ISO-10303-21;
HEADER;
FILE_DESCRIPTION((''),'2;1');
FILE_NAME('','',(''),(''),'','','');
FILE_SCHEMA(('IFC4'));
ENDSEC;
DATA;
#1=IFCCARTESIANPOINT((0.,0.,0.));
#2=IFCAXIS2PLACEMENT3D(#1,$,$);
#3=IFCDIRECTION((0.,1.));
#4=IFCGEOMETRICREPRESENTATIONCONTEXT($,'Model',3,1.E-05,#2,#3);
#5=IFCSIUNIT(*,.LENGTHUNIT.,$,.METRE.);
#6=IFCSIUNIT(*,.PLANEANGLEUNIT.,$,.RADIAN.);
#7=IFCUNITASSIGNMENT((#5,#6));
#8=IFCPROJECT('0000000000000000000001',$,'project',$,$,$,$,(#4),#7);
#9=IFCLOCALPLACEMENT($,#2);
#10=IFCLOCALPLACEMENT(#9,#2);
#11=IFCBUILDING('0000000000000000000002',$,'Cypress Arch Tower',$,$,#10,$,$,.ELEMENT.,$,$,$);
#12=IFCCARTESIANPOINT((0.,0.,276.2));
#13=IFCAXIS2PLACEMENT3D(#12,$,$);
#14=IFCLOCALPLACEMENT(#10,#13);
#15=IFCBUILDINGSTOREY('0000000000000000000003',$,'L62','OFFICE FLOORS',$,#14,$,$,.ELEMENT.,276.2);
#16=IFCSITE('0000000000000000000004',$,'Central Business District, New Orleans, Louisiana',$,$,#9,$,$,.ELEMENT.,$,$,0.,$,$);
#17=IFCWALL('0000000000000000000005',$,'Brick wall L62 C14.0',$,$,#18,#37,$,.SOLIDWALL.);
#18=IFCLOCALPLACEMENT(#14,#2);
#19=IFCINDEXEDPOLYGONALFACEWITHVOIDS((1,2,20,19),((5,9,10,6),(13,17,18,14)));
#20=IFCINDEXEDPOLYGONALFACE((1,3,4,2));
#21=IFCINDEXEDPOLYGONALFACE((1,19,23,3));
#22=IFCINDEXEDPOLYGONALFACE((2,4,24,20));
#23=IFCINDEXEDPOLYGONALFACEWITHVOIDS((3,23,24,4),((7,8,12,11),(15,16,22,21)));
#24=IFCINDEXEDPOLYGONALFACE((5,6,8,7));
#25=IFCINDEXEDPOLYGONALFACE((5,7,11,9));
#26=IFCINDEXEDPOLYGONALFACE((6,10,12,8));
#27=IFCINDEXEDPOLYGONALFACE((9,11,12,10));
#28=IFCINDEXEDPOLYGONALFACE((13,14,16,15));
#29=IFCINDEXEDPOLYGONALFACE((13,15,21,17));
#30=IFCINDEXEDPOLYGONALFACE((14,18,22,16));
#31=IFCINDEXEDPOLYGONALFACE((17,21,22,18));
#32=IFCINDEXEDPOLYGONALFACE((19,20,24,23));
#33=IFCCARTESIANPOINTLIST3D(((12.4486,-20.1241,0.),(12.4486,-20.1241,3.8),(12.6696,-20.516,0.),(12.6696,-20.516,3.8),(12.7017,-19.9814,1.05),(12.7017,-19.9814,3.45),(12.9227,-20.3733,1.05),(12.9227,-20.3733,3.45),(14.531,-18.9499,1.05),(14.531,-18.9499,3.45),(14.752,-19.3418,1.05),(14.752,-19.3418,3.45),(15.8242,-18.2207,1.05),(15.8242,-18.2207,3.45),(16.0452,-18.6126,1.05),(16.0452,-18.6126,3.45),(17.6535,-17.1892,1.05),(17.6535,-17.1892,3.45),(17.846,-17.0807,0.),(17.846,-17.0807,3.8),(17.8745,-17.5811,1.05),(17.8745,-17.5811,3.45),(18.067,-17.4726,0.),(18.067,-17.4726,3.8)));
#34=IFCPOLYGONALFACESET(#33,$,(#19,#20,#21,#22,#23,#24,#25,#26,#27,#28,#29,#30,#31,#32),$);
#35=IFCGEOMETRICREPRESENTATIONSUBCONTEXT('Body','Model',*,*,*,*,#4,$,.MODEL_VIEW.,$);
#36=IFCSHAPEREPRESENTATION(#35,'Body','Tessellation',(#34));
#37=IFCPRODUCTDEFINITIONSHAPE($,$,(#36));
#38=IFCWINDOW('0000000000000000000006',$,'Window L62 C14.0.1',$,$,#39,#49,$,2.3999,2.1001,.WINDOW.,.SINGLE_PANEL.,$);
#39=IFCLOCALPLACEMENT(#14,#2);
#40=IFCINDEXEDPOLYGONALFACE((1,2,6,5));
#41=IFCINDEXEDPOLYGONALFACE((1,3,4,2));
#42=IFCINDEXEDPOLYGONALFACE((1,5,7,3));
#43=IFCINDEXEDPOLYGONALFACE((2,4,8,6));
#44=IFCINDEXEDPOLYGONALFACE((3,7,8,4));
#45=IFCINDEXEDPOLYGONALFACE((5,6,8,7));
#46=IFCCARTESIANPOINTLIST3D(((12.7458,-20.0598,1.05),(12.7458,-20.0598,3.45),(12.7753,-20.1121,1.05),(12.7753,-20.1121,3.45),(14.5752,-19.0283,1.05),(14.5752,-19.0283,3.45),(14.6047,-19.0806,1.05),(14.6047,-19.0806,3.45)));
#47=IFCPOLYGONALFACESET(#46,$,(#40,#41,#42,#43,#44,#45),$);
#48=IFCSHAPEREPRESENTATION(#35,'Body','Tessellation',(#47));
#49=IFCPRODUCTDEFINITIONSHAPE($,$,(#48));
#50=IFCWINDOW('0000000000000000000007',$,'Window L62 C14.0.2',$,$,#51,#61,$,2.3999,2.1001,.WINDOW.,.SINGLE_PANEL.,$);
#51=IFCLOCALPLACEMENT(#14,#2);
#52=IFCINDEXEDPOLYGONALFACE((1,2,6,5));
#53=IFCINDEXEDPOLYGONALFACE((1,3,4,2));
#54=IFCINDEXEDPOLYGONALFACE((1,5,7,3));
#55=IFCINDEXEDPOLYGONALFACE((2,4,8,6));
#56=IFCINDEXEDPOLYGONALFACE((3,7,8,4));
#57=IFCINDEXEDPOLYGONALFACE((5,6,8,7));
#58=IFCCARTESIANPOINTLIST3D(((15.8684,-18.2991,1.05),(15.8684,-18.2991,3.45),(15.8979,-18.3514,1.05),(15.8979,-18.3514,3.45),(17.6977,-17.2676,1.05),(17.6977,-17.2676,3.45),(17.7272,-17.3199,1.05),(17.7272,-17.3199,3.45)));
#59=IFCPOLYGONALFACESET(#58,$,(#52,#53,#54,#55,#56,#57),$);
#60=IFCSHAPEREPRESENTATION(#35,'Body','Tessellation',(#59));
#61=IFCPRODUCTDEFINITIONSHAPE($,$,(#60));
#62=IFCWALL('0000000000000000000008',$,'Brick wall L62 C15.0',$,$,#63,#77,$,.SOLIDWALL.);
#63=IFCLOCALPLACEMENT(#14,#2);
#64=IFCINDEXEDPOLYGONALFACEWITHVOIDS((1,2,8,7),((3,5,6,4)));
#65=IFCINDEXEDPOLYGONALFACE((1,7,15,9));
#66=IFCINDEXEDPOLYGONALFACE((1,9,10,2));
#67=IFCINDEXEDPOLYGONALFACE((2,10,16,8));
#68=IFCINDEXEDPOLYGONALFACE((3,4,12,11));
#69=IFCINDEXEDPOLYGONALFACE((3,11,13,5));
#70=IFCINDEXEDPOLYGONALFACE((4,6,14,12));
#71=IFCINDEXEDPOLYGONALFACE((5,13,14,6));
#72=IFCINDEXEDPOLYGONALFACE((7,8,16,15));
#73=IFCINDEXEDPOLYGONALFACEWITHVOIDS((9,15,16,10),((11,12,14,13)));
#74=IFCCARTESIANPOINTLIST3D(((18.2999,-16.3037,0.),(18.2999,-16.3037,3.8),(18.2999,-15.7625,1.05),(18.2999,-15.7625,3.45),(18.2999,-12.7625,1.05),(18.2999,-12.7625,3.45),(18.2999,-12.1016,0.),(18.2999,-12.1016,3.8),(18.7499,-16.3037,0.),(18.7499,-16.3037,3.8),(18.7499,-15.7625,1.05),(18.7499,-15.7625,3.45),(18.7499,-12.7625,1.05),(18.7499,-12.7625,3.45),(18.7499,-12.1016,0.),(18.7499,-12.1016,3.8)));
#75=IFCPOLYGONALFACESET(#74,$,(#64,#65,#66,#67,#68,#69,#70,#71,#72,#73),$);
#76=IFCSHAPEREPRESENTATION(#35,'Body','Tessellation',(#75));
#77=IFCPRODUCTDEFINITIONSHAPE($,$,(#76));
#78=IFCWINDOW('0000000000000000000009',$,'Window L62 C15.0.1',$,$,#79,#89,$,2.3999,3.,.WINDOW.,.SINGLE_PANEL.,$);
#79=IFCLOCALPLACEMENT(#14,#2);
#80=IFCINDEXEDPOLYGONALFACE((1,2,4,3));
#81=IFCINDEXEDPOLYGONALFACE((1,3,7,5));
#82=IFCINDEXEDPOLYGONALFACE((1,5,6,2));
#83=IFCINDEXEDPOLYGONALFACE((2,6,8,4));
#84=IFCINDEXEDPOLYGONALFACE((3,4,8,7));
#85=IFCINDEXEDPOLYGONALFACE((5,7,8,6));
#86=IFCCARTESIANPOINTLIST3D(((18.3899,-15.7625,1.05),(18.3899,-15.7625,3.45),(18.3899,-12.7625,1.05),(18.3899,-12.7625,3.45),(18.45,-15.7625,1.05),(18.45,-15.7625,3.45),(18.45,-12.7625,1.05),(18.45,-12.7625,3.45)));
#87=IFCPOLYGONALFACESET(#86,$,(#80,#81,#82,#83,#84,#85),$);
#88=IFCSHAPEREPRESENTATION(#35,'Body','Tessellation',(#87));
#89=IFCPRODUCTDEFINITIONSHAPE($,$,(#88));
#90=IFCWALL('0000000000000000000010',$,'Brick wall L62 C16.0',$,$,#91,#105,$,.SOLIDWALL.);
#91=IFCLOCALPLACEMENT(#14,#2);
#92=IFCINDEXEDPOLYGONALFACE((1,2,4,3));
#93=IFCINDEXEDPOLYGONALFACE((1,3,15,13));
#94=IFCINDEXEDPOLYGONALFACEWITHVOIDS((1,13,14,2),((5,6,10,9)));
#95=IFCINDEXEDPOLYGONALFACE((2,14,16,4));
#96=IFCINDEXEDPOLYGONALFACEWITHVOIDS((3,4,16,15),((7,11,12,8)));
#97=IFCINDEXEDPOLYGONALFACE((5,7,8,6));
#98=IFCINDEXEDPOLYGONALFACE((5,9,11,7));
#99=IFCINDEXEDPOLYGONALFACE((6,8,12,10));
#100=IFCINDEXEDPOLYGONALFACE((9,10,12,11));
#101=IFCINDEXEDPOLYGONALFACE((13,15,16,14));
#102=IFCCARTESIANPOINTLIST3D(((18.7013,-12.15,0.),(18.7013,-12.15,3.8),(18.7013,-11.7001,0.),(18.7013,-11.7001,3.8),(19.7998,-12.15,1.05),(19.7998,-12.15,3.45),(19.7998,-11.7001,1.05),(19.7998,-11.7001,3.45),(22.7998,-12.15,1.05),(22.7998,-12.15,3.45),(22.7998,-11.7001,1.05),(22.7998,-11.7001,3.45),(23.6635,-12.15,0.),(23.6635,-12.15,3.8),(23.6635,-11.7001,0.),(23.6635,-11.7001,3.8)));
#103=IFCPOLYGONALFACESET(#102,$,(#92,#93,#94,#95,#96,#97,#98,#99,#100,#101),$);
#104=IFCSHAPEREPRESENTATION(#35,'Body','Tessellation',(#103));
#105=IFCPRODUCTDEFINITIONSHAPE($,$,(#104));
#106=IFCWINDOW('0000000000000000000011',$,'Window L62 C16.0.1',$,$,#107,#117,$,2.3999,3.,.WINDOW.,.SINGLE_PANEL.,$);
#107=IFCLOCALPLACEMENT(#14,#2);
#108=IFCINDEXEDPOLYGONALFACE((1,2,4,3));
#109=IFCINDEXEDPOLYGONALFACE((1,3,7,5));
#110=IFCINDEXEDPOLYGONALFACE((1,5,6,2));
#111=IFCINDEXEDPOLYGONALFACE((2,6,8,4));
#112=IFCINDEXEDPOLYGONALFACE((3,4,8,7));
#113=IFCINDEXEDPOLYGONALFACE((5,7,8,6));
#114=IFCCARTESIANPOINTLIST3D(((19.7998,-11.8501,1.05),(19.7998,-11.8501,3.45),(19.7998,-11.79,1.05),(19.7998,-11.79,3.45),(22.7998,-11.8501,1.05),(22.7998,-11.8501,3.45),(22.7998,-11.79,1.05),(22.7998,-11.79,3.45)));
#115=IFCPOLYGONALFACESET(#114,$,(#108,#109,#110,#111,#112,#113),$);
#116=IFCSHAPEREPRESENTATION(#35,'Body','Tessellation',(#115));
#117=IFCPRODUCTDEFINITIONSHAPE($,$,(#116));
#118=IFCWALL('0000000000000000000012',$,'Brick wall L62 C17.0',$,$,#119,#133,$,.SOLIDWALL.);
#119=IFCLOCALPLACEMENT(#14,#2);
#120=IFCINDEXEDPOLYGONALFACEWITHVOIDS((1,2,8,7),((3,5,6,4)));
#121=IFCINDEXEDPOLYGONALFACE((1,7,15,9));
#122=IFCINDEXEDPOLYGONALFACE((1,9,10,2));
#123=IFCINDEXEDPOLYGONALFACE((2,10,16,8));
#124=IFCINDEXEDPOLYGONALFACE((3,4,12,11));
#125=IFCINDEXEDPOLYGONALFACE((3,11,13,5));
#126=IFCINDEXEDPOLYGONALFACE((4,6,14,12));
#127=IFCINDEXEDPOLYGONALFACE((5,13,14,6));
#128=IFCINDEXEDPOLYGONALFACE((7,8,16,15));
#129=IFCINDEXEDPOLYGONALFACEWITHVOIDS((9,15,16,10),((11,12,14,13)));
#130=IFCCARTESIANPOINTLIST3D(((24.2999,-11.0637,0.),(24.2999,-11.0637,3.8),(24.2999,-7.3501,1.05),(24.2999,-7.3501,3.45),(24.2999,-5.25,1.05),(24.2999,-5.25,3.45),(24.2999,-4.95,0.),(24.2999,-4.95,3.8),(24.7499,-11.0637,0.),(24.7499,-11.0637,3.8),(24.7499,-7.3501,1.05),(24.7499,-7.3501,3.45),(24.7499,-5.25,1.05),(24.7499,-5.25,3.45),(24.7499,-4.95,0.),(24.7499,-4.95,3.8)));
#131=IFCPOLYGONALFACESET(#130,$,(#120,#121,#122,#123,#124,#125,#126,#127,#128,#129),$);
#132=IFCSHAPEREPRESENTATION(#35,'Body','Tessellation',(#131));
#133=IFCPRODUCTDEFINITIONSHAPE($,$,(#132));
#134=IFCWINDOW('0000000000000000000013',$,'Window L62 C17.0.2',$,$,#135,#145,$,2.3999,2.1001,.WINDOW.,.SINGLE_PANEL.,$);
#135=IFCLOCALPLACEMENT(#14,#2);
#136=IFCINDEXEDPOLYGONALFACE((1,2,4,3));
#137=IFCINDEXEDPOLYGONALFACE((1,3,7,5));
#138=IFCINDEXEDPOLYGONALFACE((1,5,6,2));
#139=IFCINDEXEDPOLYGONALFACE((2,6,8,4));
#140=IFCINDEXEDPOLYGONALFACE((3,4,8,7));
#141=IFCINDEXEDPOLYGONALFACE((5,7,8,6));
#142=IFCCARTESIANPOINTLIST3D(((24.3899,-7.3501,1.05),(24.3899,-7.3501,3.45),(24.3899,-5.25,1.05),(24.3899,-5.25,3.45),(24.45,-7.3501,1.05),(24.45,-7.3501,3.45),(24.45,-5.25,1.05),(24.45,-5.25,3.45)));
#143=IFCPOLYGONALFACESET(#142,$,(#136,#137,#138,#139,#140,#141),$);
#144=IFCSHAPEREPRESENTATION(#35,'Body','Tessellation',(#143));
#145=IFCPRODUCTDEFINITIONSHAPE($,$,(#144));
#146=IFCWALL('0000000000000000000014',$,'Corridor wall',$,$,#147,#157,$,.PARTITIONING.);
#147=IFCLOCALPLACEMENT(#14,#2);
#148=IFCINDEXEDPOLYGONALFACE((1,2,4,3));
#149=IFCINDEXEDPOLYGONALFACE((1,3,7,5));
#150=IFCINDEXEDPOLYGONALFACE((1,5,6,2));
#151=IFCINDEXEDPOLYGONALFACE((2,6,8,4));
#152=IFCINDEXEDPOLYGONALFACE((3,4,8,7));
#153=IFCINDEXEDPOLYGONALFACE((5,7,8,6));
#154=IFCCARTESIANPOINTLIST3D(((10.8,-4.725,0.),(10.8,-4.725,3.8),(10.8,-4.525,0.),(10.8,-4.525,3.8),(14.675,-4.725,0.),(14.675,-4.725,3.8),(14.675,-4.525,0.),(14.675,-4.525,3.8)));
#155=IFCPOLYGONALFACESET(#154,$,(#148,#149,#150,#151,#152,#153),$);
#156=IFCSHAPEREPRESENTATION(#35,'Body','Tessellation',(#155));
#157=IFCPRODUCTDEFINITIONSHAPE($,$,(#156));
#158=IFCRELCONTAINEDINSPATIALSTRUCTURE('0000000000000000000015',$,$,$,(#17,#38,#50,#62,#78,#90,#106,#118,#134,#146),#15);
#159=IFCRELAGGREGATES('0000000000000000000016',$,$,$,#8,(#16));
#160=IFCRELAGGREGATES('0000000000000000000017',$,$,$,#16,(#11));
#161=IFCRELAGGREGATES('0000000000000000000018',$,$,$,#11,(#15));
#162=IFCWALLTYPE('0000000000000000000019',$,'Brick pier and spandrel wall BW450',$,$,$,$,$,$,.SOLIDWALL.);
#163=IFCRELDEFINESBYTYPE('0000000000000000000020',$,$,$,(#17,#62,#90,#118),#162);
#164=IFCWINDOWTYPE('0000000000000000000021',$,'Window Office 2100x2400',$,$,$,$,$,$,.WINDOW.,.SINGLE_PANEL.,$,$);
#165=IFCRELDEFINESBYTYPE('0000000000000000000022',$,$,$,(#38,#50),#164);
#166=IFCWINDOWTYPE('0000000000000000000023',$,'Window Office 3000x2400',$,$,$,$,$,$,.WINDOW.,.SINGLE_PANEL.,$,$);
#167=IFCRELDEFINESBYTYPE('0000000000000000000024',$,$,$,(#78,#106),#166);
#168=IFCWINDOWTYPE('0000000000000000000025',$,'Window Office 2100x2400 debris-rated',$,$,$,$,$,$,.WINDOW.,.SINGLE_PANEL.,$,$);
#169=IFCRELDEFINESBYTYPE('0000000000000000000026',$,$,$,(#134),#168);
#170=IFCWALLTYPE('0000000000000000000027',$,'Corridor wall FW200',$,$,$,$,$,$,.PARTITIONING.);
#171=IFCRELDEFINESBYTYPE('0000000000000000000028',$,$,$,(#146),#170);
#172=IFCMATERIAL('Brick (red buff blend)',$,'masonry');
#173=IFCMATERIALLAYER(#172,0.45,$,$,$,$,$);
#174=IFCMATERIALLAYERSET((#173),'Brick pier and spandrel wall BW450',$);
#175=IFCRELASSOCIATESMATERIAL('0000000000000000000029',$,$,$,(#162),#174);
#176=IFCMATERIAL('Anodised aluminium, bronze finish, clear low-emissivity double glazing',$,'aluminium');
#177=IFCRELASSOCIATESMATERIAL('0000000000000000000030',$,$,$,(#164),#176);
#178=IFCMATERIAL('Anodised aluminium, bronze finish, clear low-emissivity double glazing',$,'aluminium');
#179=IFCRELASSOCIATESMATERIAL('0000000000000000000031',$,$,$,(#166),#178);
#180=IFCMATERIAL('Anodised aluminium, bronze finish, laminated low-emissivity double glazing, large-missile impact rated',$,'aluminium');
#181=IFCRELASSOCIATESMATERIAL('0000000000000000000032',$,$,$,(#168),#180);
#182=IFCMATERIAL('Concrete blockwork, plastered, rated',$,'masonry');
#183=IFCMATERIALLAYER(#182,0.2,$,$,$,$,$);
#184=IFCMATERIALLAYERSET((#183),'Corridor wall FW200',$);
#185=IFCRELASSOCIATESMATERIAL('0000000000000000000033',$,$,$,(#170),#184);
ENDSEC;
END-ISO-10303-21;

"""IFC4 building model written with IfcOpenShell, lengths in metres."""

from ifc_helpers import new_model, si_unit, direction, frame, frame_2d, origin, place, context, subcontext, project, spatial, rectangle, extrude, material, layer, layer_set, type_object, element, fill, save


model = new_model("IFC4")

# Units and contexts
model_context = context("Model", 3, precision=1e-05, world=origin(), true_north=direction((0.0, 1.0)))
body_context = subcontext(model_context, "Body", "Model", "MODEL_VIEW")
ifc_project = project(units=[si_unit("LENGTHUNIT", "METRE"), si_unit("PLANEANGLEUNIT", "RADIAN")], contexts=[model_context])

# Site, building, storey
site_placement = place(None, origin())
site = spatial("IfcSite", under=ifc_project, at=site_placement, Name="Central Business District, New Orleans, Louisiana", CompositionType="ELEMENT", RefElevation=0.0)
building_placement = place(site_placement, origin())
building = spatial("IfcBuilding", under=site, at=building_placement, Name="Cypress Arch Tower", CompositionType="ELEMENT")
storey_placement = place(building_placement, frame((0.0, 0.0, 276.2)))
storey = spatial("IfcBuildingStorey", under=building, at=storey_placement, Name="L62", Description="OFFICE FLOORS", CompositionType="ELEMENT", Elevation=276.2)

# Wall, openings, windows
ifc_material_1 = material(Name="Brick (red buff blend)", Category="masonry")
ifc_layer_1 = layer(ifc_material_1, 0.45)
ifc_layer_set_1 = layer_set([ifc_layer_1], Name="Brick pier and spandrel wall BW450")
wall_type_1 = type_object("IfcWallType", Name="Brick pier and spandrel wall BW450", PredefinedType="SOLIDWALL", material=ifc_layer_set_1)
wall_1_placement = place(storey_placement, frame((12.5591, -20.3201, 0.0), z_axis=(0.0, 0.0, 1.0), x_axis=(0.871066, 0.491166, 0.0)))
wall_1 = element("IfcWall", 1, at=wall_1_placement, inside=storey, type_object=wall_type_1, Name="Brick wall L62 C14.0", PredefinedType="SOLIDWALL", context=body_context, shape_type="SweptSolid", body=[
    extrude(rectangle(XDim=6.1963, YDim=0.45, at=frame_2d((3.0981, 0.0))), origin(), (0.0, 0.0, 1.0), 3.8),
])
opening_1_placement = place(wall_1_placement, frame((0.2905, 0.0, 1.05)))
opening_1 = element("IfcOpeningElement", 2, at=opening_1_placement, cuts=wall_1, PredefinedType="OPENING", context=body_context, shape_type="SweptSolid", body=[
    extrude(rectangle(XDim=2.1001, YDim=2.3999, at=frame_2d((1.05, 1.2))), frame((0.0, 0.2349, 0.0), z_axis=(0.0, -1.0, 0.0), x_axis=(1.0, 0.0, 0.0)), (0.0, 0.0, 1.0), 0.47),
])
opening_2_placement = place(wall_1_placement, frame((3.8752, 0.0, 1.05)))
opening_2 = element("IfcOpeningElement", 3, at=opening_2_placement, cuts=wall_1, PredefinedType="OPENING", context=body_context, shape_type="SweptSolid", body=[
    extrude(rectangle(XDim=2.1001, YDim=2.3999, at=frame_2d((1.05, 1.2))), frame((0.0, 0.2349, 0.0), z_axis=(0.0, -1.0, 0.0), x_axis=(1.0, 0.0, 0.0)), (0.0, 0.0, 1.0), 0.47),
])
ifc_material_2 = material(Name="Anodised aluminium, bronze finish, clear low-emissivity double glazing", Category="aluminium")
window_type_1 = type_object("IfcWindowType", Name="Window Office 2100x2400", PartitioningType="SINGLE_PANEL", PredefinedType="WINDOW", material=ifc_material_2)
window_1_placement = place(opening_1_placement, origin())
window_1 = element("IfcWindow", 4, at=window_1_placement, inside=storey, type_object=window_type_1, Name="Window L62 C14.0.1", OverallHeight=2.3999, OverallWidth=2.1001, PartitioningType="SINGLE_PANEL", PredefinedType="WINDOW", context=body_context, shape_type="SweptSolid", body=[
    extrude(rectangle(XDim=2.1001, YDim=2.3999, at=frame_2d((1.05, 1.2))), frame((0.0, 0.135, 0.0), z_axis=(0.0, -1.0, 0.0), x_axis=(1.0, 0.0, 0.0)), (0.0, 0.0, 1.0), 0.0601),
])
fill(opening_1, window_1)
window_2_placement = place(opening_2_placement, origin())
window_2 = element("IfcWindow", 5, at=window_2_placement, inside=storey, type_object=window_type_1, Name="Window L62 C14.0.2", OverallHeight=2.3999, OverallWidth=2.1001, PartitioningType="SINGLE_PANEL", PredefinedType="WINDOW", context=body_context, shape_type="SweptSolid", body=[
    extrude(rectangle(XDim=2.1001, YDim=2.3999, at=frame_2d((1.05, 1.2))), frame((0.0, 0.135, 0.0), z_axis=(0.0, -1.0, 0.0), x_axis=(1.0, 0.0, 0.0)), (0.0, 0.0, 1.0), 0.0601),
])
fill(opening_2, window_2)

# Walls, openings, windows
wall_2_placement = place(storey_placement, frame((18.5249, -16.3037, 0.0), z_axis=(0.0, 0.0, 1.0), x_axis=(0.0, 1.0, 0.0)))
wall_2 = element("IfcWall", 6, at=wall_2_placement, inside=storey, type_object=wall_type_1, Name="Brick wall L62 C15.0", PredefinedType="SOLIDWALL", context=body_context, shape_type="SweptSolid", body=[
    extrude(rectangle(XDim=4.2021, YDim=0.45, at=frame_2d((2.1011, 0.0))), origin(), (0.0, 0.0, 1.0), 3.8),
])
opening_3_placement = place(wall_2_placement, frame((0.5413, 0.0, 1.05)))
opening_3 = element("IfcOpeningElement", 7, at=opening_3_placement, cuts=wall_2, PredefinedType="OPENING", context=body_context, shape_type="SweptSolid", body=[
    extrude(rectangle(XDim=3.0, YDim=2.3999, at=frame_2d((1.5, 1.2))), frame((0.0, 0.2349, 0.0), z_axis=(0.0, -1.0, 0.0), x_axis=(1.0, 0.0, 0.0)), (0.0, 0.0, 1.0), 0.47),
])
ifc_material_3 = material(Name="Anodised aluminium, bronze finish, clear low-emissivity double glazing", Category="aluminium")
window_type_2 = type_object("IfcWindowType", Name="Window Office 3000x2400", PartitioningType="SINGLE_PANEL", PredefinedType="WINDOW", material=ifc_material_3)
window_3_placement = place(opening_3_placement, origin())
window_3 = element("IfcWindow", 8, at=window_3_placement, inside=storey, type_object=window_type_2, Name="Window L62 C15.0.1", OverallHeight=2.3999, OverallWidth=3.0, PartitioningType="SINGLE_PANEL", PredefinedType="WINDOW", context=body_context, shape_type="SweptSolid", body=[
    extrude(rectangle(XDim=3.0, YDim=2.3999, at=frame_2d((1.5, 1.2))), frame((0.0, 0.135, 0.0), z_axis=(0.0, -1.0, 0.0), x_axis=(1.0, 0.0, 0.0)), (0.0, 0.0, 1.0), 0.0601),
])
fill(opening_3, window_3)
wall_3_placement = place(storey_placement, frame((18.7014, -11.925, 0.0), z_axis=(0.0, 0.0, 1.0), x_axis=(1.0, 0.0, 0.0)))
wall_3 = element("IfcWall", 9, at=wall_3_placement, inside=storey, type_object=wall_type_1, Name="Brick wall L62 C16.0", PredefinedType="SOLIDWALL", context=body_context, shape_type="SweptSolid", body=[
    extrude(rectangle(XDim=4.9622, YDim=0.45, at=frame_2d((2.481, 0.0))), origin(), (0.0, 0.0, 1.0), 3.8),
])
opening_4_placement = place(wall_3_placement, frame((1.0984, 0.0, 1.05)))
opening_4 = element("IfcOpeningElement", 10, at=opening_4_placement, cuts=wall_3, PredefinedType="OPENING", context=body_context, shape_type="SweptSolid", body=[
    extrude(rectangle(XDim=3.0, YDim=2.3999, at=frame_2d((1.5, 1.2))), frame((0.0, 0.2349, 0.0), z_axis=(0.0, -1.0, 0.0), x_axis=(1.0, 0.0, 0.0)), (0.0, 0.0, 1.0), 0.47),
])
window_4_placement = place(opening_4_placement, origin())
window_4 = element("IfcWindow", 11, at=window_4_placement, inside=storey, type_object=window_type_2, Name="Window L62 C16.0.1", OverallHeight=2.3999, OverallWidth=3.0, PartitioningType="SINGLE_PANEL", PredefinedType="WINDOW", context=body_context, shape_type="SweptSolid", body=[
    extrude(rectangle(XDim=3.0, YDim=2.3999, at=frame_2d((1.5, 1.2))), frame((0.0, 0.135, 0.0), z_axis=(0.0, -1.0, 0.0), x_axis=(1.0, 0.0, 0.0)), (0.0, 0.0, 1.0), 0.0601),
])
fill(opening_4, window_4)
wall_4_placement = place(storey_placement, frame((24.5249, -11.0637, 0.0), z_axis=(0.0, 0.0, 1.0), x_axis=(0.0, 1.0, 0.0)))
wall_4 = element("IfcWall", 12, at=wall_4_placement, inside=storey, type_object=wall_type_1, Name="Brick wall L62 C17.0", PredefinedType="SOLIDWALL", context=body_context, shape_type="SweptSolid", body=[
    extrude(rectangle(XDim=6.1138, YDim=0.45, at=frame_2d((3.0569, 0.0))), origin(), (0.0, 0.0, 1.0), 3.8),
])
opening_5_placement = place(wall_4_placement, frame((3.7136, 0.0, 1.05)))
opening_5 = element("IfcOpeningElement", 13, at=opening_5_placement, cuts=wall_4, PredefinedType="OPENING", context=body_context, shape_type="SweptSolid", body=[
    extrude(rectangle(XDim=2.1001, YDim=2.3999, at=frame_2d((1.05, 1.2))), frame((0.0, 0.2349, 0.0), z_axis=(0.0, -1.0, 0.0), x_axis=(1.0, 0.0, 0.0)), (0.0, 0.0, 1.0), 0.47),
])
ifc_material_4 = material(Name="Anodised aluminium, bronze finish, laminated low-emissivity double glazing, large-missile impact rated", Category="aluminium")
window_type_3 = type_object("IfcWindowType", Name="Window Office 2100x2400 debris-rated", PartitioningType="SINGLE_PANEL", PredefinedType="WINDOW", material=ifc_material_4)
window_5_placement = place(opening_5_placement, origin())
window_5 = element("IfcWindow", 14, at=window_5_placement, inside=storey, type_object=window_type_3, Name="Window L62 C17.0.2", OverallHeight=2.3999, OverallWidth=2.1001, PartitioningType="SINGLE_PANEL", PredefinedType="WINDOW", context=body_context, shape_type="SweptSolid", body=[
    extrude(rectangle(XDim=2.1001, YDim=2.3999, at=frame_2d((1.05, 1.2))), frame((0.0, 0.135, 0.0), z_axis=(0.0, -1.0, 0.0), x_axis=(1.0, 0.0, 0.0)), (0.0, 0.0, 1.0), 0.0601),
])
fill(opening_5, window_5)

# Wall
ifc_material_5 = material(Name="Concrete blockwork, plastered, rated", Category="masonry")
ifc_layer_2 = layer(ifc_material_5, 0.2)
ifc_layer_set_2 = layer_set([ifc_layer_2], Name="Corridor wall FW200")
wall_type_2 = type_object("IfcWallType", Name="Corridor wall FW200", PredefinedType="PARTITIONING", material=ifc_layer_set_2)
wall_5_placement = place(storey_placement, frame((10.8, -4.625, 0.0), z_axis=(0.0, 0.0, 1.0), x_axis=(1.0, 0.0, 0.0)))
element("IfcWall", 15, at=wall_5_placement, inside=storey, type_object=wall_type_2, Name="Corridor wall", PredefinedType="PARTITIONING", context=body_context, shape_type="SweptSolid", body=[
    extrude(rectangle(XDim=3.875, YDim=0.2, at=frame_2d((1.9375, 0.0))), origin(), (0.0, 0.0, 1.0), 3.8),
])

save(model, "model.ifc")
